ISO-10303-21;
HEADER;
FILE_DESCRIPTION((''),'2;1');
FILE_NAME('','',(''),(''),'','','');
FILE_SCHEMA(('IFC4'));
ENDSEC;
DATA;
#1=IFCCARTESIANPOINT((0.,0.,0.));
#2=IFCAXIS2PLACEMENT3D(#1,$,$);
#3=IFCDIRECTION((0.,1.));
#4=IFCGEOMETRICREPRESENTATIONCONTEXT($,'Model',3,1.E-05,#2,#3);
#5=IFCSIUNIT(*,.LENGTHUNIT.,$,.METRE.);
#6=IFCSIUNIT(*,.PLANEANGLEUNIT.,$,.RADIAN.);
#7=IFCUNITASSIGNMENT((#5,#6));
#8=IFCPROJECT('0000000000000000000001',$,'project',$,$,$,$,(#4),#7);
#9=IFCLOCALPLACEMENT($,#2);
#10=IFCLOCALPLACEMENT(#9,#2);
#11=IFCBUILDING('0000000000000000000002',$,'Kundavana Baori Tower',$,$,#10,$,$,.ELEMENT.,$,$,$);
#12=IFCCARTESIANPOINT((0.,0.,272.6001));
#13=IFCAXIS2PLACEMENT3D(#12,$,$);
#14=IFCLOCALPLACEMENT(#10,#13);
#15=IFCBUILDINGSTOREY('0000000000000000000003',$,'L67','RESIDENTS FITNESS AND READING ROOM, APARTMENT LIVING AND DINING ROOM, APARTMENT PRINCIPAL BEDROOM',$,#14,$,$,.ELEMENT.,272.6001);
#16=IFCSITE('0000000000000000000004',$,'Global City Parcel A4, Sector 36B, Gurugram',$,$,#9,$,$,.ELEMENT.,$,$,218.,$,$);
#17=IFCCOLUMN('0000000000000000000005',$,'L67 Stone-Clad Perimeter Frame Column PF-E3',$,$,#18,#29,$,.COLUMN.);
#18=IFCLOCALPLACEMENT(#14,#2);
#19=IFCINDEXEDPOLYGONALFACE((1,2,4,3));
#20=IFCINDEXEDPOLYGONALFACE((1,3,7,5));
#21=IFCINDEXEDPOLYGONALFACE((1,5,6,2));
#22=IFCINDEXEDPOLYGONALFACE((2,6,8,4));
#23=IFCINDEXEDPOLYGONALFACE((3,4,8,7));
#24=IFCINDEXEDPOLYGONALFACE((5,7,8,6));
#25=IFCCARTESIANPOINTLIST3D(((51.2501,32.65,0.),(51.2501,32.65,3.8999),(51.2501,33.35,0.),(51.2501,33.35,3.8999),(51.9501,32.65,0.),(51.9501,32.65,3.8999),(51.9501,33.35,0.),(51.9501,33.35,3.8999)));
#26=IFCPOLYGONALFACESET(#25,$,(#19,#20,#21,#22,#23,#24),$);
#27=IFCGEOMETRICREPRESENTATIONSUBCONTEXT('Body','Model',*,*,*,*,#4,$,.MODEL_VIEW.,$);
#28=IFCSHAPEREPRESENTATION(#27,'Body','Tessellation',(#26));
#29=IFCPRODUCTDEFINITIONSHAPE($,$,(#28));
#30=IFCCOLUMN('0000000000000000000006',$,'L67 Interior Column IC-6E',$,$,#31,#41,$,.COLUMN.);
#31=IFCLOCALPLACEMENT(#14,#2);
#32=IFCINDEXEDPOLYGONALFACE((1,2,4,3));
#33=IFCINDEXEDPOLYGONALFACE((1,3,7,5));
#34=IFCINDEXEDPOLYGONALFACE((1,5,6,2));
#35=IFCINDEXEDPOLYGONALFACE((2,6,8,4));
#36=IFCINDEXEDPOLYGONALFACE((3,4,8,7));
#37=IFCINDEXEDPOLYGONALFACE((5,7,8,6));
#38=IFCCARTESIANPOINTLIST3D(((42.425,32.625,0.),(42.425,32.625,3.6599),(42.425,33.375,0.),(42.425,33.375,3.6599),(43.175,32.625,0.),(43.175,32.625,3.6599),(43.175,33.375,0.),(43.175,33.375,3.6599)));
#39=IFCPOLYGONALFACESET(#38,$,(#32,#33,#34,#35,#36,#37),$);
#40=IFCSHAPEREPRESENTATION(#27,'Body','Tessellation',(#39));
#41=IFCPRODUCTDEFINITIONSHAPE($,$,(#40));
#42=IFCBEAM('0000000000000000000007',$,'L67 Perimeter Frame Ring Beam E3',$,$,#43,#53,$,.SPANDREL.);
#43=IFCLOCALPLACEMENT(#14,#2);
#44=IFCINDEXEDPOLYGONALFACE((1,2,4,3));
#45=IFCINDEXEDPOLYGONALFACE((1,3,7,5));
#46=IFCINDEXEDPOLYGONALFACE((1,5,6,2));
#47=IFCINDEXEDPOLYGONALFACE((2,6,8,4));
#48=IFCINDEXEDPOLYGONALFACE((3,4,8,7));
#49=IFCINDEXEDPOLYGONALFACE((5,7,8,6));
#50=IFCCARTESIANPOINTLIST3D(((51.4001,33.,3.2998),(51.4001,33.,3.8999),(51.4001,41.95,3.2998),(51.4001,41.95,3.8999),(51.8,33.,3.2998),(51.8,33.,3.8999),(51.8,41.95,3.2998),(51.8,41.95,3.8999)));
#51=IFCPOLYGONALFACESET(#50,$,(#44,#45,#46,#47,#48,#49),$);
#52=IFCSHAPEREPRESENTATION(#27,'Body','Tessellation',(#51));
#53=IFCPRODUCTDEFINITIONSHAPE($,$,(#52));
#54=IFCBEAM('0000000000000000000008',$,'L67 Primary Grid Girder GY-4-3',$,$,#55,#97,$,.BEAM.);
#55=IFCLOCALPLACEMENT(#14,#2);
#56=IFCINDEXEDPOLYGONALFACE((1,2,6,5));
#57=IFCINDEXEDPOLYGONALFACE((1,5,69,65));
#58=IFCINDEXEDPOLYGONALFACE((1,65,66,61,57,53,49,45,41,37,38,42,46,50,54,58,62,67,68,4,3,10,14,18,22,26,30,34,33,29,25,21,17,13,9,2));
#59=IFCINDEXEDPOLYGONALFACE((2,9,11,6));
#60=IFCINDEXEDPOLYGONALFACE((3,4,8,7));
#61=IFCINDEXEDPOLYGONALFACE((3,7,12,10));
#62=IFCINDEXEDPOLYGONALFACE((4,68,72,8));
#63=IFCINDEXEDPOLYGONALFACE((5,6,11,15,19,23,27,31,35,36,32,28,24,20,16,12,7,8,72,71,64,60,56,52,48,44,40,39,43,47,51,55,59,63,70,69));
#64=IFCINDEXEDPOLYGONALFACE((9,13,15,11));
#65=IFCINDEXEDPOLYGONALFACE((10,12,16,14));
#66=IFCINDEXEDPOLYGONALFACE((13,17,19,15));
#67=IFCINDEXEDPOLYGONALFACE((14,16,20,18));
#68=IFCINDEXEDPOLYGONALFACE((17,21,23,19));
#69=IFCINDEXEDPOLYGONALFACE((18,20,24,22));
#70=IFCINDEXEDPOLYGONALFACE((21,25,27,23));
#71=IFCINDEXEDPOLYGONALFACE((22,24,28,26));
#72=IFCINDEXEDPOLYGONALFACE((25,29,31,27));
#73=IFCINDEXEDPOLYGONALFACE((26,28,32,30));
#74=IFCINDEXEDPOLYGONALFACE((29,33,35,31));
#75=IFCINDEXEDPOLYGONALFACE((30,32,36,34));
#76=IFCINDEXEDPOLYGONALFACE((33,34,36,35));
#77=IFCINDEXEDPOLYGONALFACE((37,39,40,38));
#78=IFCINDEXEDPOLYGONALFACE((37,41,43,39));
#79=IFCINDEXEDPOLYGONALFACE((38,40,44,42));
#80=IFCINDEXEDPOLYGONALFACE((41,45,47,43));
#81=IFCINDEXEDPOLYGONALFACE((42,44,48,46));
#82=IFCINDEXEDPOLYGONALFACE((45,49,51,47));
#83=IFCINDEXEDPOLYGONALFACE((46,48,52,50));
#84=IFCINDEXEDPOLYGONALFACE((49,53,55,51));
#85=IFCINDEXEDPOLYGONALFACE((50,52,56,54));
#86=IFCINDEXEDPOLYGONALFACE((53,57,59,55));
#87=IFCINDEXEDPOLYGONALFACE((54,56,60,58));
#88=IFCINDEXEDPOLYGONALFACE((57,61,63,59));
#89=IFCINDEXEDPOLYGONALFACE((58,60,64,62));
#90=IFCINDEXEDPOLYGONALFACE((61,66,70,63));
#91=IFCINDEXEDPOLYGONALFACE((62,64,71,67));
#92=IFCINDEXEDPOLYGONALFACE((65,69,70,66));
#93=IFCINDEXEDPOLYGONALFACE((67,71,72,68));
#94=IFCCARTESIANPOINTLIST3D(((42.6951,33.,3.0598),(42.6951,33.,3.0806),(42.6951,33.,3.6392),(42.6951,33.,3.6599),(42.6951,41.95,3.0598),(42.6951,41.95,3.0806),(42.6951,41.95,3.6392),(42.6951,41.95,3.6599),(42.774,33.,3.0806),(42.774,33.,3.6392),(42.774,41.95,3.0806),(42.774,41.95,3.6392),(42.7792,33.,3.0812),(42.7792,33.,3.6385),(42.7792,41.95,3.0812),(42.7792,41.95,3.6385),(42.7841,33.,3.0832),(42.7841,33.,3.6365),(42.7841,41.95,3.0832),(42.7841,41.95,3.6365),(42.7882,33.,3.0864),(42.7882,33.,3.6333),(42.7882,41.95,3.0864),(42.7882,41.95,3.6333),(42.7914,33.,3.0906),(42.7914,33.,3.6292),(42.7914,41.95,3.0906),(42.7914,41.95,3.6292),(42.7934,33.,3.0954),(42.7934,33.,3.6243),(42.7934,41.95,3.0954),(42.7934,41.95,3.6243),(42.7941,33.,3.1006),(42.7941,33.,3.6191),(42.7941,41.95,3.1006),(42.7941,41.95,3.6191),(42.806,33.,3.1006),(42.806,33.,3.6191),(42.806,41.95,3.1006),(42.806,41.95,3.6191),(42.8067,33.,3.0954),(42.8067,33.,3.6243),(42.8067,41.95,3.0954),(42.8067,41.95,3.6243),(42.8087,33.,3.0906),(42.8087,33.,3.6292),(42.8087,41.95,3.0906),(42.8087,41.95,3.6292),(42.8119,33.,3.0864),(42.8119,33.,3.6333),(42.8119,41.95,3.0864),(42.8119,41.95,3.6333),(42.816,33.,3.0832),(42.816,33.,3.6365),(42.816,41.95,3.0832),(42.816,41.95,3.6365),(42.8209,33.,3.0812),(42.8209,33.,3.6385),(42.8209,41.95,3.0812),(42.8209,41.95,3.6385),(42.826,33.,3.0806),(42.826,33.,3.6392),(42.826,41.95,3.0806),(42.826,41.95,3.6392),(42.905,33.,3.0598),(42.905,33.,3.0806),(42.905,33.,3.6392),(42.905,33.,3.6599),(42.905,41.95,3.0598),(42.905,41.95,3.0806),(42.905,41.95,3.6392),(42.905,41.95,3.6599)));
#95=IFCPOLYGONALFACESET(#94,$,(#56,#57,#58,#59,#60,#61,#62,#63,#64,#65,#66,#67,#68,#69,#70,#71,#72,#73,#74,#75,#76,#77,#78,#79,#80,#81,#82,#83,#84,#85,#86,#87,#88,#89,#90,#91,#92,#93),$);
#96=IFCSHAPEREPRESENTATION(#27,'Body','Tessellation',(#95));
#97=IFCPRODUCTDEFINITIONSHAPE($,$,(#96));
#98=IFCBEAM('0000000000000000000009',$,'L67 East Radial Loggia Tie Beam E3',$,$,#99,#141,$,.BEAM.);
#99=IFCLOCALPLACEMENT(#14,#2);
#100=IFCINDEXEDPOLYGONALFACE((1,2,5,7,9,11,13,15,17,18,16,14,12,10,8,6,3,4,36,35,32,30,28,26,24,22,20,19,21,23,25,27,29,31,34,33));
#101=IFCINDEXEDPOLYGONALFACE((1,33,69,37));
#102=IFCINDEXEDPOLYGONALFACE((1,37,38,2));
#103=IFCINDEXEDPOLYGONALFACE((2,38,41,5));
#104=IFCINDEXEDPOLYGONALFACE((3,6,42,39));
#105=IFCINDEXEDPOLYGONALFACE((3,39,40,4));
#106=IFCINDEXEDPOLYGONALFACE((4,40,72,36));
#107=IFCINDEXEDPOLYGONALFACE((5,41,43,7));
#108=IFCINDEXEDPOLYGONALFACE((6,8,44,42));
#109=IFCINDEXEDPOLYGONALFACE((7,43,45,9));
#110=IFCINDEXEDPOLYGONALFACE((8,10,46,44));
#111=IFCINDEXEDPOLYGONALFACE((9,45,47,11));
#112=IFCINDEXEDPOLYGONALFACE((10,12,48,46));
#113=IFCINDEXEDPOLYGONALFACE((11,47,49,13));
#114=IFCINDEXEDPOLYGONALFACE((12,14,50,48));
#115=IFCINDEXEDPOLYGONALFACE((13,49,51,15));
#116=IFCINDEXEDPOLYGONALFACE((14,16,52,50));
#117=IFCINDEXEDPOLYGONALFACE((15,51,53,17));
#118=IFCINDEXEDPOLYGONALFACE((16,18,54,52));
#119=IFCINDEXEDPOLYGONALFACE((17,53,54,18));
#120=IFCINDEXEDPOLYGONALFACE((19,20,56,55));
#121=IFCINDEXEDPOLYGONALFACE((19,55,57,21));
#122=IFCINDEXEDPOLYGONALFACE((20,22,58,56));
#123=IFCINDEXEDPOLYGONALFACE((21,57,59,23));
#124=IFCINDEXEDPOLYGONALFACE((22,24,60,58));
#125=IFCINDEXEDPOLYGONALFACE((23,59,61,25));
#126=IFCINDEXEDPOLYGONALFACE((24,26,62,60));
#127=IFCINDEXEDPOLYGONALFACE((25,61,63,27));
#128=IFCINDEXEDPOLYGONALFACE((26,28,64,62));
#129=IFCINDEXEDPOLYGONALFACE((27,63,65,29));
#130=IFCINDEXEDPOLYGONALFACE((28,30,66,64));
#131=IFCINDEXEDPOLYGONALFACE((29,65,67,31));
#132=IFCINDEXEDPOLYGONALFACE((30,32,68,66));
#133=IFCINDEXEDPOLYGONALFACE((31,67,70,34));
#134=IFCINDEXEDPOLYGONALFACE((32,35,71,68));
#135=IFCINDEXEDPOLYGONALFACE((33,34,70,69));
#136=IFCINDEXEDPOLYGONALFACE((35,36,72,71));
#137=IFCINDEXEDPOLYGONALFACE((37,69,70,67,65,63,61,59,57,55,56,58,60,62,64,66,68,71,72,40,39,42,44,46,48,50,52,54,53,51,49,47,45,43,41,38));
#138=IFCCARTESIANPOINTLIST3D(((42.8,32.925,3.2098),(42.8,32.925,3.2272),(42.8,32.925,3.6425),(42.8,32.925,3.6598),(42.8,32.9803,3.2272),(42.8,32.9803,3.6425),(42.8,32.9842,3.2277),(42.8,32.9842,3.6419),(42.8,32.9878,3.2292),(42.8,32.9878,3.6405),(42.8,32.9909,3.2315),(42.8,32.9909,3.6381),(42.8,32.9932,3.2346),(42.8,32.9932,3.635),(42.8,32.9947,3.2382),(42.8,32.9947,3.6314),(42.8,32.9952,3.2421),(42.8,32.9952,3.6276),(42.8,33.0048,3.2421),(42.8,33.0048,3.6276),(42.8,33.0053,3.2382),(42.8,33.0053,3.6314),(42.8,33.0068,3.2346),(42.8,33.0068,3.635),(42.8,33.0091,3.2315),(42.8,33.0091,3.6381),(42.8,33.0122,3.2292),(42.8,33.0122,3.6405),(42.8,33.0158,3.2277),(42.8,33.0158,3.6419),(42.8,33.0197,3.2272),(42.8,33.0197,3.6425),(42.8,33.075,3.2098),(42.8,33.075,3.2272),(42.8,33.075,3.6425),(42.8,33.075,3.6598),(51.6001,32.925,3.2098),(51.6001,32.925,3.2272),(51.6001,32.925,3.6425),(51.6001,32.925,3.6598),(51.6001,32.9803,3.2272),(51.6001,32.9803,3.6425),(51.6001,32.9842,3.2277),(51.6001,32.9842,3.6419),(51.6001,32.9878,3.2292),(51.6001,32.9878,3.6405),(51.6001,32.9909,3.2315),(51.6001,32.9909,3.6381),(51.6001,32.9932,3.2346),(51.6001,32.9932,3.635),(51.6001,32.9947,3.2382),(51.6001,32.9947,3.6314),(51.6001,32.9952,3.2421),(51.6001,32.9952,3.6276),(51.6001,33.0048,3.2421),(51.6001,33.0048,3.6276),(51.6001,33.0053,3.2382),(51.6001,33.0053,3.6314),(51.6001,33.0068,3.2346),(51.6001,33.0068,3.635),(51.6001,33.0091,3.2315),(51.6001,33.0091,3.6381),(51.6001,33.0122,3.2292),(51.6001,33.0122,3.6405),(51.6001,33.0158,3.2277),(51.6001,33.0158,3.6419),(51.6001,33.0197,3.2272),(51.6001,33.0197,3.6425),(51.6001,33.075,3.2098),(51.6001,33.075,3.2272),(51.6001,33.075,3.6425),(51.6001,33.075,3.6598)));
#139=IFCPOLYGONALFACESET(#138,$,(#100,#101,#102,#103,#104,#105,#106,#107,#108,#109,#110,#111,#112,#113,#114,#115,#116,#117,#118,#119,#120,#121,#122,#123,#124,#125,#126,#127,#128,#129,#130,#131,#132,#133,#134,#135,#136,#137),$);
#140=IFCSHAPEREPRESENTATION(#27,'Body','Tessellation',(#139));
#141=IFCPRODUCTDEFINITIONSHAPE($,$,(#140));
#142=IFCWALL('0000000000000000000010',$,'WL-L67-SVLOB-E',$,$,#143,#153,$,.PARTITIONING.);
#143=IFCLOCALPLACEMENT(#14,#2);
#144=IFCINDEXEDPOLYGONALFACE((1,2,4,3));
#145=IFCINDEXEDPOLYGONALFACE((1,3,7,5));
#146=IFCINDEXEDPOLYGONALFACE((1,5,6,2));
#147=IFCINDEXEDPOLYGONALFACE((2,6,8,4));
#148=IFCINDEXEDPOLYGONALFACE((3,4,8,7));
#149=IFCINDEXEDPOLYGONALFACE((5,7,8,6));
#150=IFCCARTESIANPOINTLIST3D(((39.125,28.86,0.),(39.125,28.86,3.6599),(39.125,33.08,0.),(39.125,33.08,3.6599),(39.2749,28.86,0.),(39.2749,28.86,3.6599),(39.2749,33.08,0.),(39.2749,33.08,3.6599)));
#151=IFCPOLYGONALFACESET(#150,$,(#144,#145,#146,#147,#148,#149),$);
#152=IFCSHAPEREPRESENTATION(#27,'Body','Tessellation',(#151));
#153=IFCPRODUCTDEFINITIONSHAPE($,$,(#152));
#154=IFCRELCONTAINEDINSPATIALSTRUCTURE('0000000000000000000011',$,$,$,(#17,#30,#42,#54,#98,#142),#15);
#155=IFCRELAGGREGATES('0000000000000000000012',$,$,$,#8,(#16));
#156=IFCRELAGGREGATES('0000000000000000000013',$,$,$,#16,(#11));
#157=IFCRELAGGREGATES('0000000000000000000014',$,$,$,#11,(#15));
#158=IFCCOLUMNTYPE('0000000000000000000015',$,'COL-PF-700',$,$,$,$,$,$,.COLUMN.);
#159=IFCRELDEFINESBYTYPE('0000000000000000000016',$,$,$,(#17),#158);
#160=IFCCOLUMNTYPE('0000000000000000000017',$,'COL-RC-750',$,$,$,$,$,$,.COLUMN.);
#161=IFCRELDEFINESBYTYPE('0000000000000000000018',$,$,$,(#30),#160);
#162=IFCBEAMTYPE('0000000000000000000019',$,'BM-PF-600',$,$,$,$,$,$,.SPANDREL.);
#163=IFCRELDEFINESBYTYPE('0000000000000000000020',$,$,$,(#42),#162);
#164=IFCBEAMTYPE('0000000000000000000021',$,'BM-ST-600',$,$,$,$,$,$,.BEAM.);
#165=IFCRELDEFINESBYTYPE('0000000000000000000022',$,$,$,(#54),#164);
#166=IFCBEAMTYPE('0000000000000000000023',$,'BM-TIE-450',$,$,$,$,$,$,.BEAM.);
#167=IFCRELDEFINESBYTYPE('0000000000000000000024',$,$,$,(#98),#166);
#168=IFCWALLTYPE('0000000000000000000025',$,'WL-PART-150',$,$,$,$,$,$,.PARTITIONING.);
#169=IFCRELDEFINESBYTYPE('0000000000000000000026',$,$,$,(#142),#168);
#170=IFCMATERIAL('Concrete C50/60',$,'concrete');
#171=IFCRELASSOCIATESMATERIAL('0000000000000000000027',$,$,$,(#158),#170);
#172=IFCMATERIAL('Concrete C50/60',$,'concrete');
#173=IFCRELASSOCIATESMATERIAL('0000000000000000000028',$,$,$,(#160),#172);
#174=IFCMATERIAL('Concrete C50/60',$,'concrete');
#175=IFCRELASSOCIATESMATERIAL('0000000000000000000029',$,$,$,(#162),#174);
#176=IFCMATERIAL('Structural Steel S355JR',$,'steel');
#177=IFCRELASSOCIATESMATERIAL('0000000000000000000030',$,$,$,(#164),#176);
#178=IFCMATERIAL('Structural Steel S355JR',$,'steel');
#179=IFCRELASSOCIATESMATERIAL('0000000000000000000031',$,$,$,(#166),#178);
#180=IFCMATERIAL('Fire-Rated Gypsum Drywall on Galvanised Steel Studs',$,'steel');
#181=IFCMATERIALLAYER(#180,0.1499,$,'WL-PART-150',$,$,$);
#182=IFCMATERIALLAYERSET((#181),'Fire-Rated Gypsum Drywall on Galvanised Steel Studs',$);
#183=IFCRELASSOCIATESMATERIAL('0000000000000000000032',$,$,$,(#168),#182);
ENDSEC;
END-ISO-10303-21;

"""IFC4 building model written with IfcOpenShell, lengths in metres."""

from ifc_helpers import new_model, si_unit, direction, frame, frame_2d, origin, origin_2d, place, context, subcontext, project, spatial, rectangle, i_section, extrude, material, layer, layer_set, material_profile, profile_set, type_object, element, save


model = new_model("IFC4")

# Units and contexts
model_context = context("Model", 3, precision=1e-05, world=origin(), true_north=direction((0.0, 1.0)))
body_context = subcontext(model_context, "Body", "Model", "MODEL_VIEW")
ifc_project = project(units=[si_unit("LENGTHUNIT", "METRE"), si_unit("PLANEANGLEUNIT", "RADIAN")], contexts=[model_context])

# Site, building, storey
site_placement = place(None, origin())
site = spatial("IfcSite", under=ifc_project, at=site_placement, Name="Global City Parcel A4, Sector 36B, Gurugram", CompositionType="ELEMENT", RefElevation=218.0)
building_placement = place(site_placement, origin())
building = spatial("IfcBuilding", under=site, at=building_placement, Name="Kundavana Baori Tower", CompositionType="ELEMENT")
storey_placement = place(building_placement, frame((0.0, 0.0, 272.6001)))
storey = spatial("IfcBuildingStorey", under=building, at=storey_placement, Name="L67", Description="RESIDENTS FITNESS AND READING ROOM, APARTMENT LIVING AND DINING ROOM, APARTMENT PRINCIPAL BEDROOM", CompositionType="ELEMENT", Elevation=272.6001)

# Columns
ifc_material_1 = material(Name="Concrete C50/60", Category="concrete")
ifc_material_profile_1 = material_profile(ifc_material_1, rectangle(XDim=0.7, YDim=0.7, at=origin_2d()), Name="RC PF 700x700")
ifc_profile_set_1 = profile_set([ifc_material_profile_1], Name="Concrete C50/60")
column_type_1 = type_object("IfcColumnType", Name="COL-PF-700", PredefinedType="COLUMN", material=ifc_profile_set_1)
column_1_placement = place(storey_placement, frame((51.6001, 33.0, 0.0), z_axis=(0.0, 0.0, 1.0), x_axis=(1.0, 0.0, 0.0)))
element("IfcColumn", 1, at=column_1_placement, inside=storey, type_object=column_type_1, Name="L67 Stone-Clad Perimeter Frame Column PF-E3", PredefinedType="COLUMN", context=body_context, shape_type="SweptSolid", body=[
    extrude(rectangle(XDim=0.7, YDim=0.7, at=origin_2d()), origin(), (0.0, 0.0, 1.0), 3.8999),
])
ifc_material_2 = material(Name="Concrete C50/60", Category="concrete")
ifc_material_profile_2 = material_profile(ifc_material_2, rectangle(XDim=0.75, YDim=0.75, at=origin_2d()), Name="RC 750x750")
ifc_profile_set_2 = profile_set([ifc_material_profile_2], Name="Concrete C50/60")
column_type_2 = type_object("IfcColumnType", Name="COL-RC-750", PredefinedType="COLUMN", material=ifc_profile_set_2)
column_2_placement = place(storey_placement, frame((42.8, 33.0, 0.0), z_axis=(0.0, 0.0, 1.0), x_axis=(1.0, 0.0, 0.0)))
element("IfcColumn", 2, at=column_2_placement, inside=storey, type_object=column_type_2, Name="L67 Interior Column IC-6E", PredefinedType="COLUMN", context=body_context, shape_type="SweptSolid", body=[
    extrude(rectangle(XDim=0.75, YDim=0.75, at=origin_2d()), origin(), (0.0, 0.0, 1.0), 3.6599),
])

# Beams
ifc_material_3 = material(Name="Concrete C50/60", Category="concrete")
ifc_material_profile_3 = material_profile(ifc_material_3, rectangle(XDim=0.3999, YDim=0.6001, at=origin_2d()), Name="RC BM 400x600")
ifc_profile_set_3 = profile_set([ifc_material_profile_3], Name="Concrete C50/60")
beam_type_1 = type_object("IfcBeamType", Name="BM-PF-600", PredefinedType="SPANDREL", material=ifc_profile_set_3)
beam_1_placement = place(storey_placement, frame((51.6001, 33.0, 3.5999), z_axis=(0.0, 1.0, 0.0), x_axis=(-1.0, 0.0, 0.0)))
element("IfcBeam", 3, at=beam_1_placement, inside=storey, type_object=beam_type_1, Name="L67 Perimeter Frame Ring Beam E3", PredefinedType="SPANDREL", context=body_context, shape_type="SweptSolid", body=[
    extrude(rectangle(XDim=0.3999, YDim=0.6001, at=origin_2d()), origin(), (0.0, 0.0, 1.0), 8.95),
])
ifc_material_4 = material(Name="Structural Steel S355JR", Category="steel")
ifc_material_profile_4 = material_profile(ifc_material_4, i_section(OverallWidth=0.21, OverallDepth=0.6001, WebThickness=0.012, FlangeThickness=0.0208, FilletRadius=0.02, at=origin_2d()), Name="ISMB 600")
ifc_profile_set_4 = profile_set([ifc_material_profile_4], Name="Structural Steel S355JR")
beam_type_2 = type_object("IfcBeamType", Name="BM-ST-600", PredefinedType="BEAM", material=ifc_profile_set_4)
beam_2_placement = place(storey_placement, frame((42.8, 33.0, 3.3599), z_axis=(0.0, 1.0, 0.0), x_axis=(-1.0, 0.0, 0.0)))
element("IfcBeam", 4, at=beam_2_placement, inside=storey, type_object=beam_type_2, Name="L67 Primary Grid Girder GY-4-3", PredefinedType="BEAM", context=body_context, shape_type="SweptSolid", body=[
    extrude(i_section(OverallWidth=0.21, OverallDepth=0.6001, WebThickness=0.012, FlangeThickness=0.0208, FilletRadius=0.02, at=origin_2d()), origin(), (0.0, 0.0, 1.0), 8.95),
])
ifc_material_5 = material(Name="Structural Steel S355JR", Category="steel")
ifc_material_profile_5 = material_profile(ifc_material_5, i_section(OverallWidth=0.1499, OverallDepth=0.45, WebThickness=0.0095, FlangeThickness=0.0173, FilletRadius=0.0149, at=origin_2d()), Name="ISMB 450")
ifc_profile_set_5 = profile_set([ifc_material_profile_5], Name="Structural Steel S355JR")
beam_type_3 = type_object("IfcBeamType", Name="BM-TIE-450", PredefinedType="BEAM", material=ifc_profile_set_5)
beam_3_placement = place(storey_placement, frame((42.8, 33.0, 3.4348), z_axis=(1.0, 0.0, 0.0), x_axis=(0.0, 1.0, 0.0)))
element("IfcBeam", 5, at=beam_3_placement, inside=storey, type_object=beam_type_3, Name="L67 East Radial Loggia Tie Beam E3", PredefinedType="BEAM", context=body_context, shape_type="SweptSolid", body=[
    extrude(i_section(OverallWidth=0.1499, OverallDepth=0.45, WebThickness=0.0095, FlangeThickness=0.0173, FilletRadius=0.0149, at=origin_2d()), origin(), (0.0, 0.0, 1.0), 8.8),
])

# Wall
ifc_material_6 = material(Name="Fire-Rated Gypsum Drywall on Galvanised Steel Studs", Category="steel")
ifc_layer_1 = layer(ifc_material_6, 0.1499, Name="WL-PART-150")
ifc_layer_set_1 = layer_set([ifc_layer_1], Name="Fire-Rated Gypsum Drywall on Galvanised Steel Studs")
wall_type_1 = type_object("IfcWallType", Name="WL-PART-150", PredefinedType="PARTITIONING", material=ifc_layer_set_1)
wall_1_placement = place(storey_placement, frame((39.2, 28.8601, 0.0), z_axis=(0.0, 0.0, 1.0), x_axis=(0.0, 1.0, 0.0)))
element("IfcWall", 6, at=wall_1_placement, inside=storey, type_object=wall_type_1, Name="WL-L67-SVLOB-E", PredefinedType="PARTITIONING", context=body_context, shape_type="SweptSolid", body=[
    extrude(rectangle(XDim=4.22, YDim=0.1499, at=frame_2d((2.1099, 0.0))), origin(), (0.0, 0.0, 1.0), 3.6599),
])

save(model, "model.ifc")
